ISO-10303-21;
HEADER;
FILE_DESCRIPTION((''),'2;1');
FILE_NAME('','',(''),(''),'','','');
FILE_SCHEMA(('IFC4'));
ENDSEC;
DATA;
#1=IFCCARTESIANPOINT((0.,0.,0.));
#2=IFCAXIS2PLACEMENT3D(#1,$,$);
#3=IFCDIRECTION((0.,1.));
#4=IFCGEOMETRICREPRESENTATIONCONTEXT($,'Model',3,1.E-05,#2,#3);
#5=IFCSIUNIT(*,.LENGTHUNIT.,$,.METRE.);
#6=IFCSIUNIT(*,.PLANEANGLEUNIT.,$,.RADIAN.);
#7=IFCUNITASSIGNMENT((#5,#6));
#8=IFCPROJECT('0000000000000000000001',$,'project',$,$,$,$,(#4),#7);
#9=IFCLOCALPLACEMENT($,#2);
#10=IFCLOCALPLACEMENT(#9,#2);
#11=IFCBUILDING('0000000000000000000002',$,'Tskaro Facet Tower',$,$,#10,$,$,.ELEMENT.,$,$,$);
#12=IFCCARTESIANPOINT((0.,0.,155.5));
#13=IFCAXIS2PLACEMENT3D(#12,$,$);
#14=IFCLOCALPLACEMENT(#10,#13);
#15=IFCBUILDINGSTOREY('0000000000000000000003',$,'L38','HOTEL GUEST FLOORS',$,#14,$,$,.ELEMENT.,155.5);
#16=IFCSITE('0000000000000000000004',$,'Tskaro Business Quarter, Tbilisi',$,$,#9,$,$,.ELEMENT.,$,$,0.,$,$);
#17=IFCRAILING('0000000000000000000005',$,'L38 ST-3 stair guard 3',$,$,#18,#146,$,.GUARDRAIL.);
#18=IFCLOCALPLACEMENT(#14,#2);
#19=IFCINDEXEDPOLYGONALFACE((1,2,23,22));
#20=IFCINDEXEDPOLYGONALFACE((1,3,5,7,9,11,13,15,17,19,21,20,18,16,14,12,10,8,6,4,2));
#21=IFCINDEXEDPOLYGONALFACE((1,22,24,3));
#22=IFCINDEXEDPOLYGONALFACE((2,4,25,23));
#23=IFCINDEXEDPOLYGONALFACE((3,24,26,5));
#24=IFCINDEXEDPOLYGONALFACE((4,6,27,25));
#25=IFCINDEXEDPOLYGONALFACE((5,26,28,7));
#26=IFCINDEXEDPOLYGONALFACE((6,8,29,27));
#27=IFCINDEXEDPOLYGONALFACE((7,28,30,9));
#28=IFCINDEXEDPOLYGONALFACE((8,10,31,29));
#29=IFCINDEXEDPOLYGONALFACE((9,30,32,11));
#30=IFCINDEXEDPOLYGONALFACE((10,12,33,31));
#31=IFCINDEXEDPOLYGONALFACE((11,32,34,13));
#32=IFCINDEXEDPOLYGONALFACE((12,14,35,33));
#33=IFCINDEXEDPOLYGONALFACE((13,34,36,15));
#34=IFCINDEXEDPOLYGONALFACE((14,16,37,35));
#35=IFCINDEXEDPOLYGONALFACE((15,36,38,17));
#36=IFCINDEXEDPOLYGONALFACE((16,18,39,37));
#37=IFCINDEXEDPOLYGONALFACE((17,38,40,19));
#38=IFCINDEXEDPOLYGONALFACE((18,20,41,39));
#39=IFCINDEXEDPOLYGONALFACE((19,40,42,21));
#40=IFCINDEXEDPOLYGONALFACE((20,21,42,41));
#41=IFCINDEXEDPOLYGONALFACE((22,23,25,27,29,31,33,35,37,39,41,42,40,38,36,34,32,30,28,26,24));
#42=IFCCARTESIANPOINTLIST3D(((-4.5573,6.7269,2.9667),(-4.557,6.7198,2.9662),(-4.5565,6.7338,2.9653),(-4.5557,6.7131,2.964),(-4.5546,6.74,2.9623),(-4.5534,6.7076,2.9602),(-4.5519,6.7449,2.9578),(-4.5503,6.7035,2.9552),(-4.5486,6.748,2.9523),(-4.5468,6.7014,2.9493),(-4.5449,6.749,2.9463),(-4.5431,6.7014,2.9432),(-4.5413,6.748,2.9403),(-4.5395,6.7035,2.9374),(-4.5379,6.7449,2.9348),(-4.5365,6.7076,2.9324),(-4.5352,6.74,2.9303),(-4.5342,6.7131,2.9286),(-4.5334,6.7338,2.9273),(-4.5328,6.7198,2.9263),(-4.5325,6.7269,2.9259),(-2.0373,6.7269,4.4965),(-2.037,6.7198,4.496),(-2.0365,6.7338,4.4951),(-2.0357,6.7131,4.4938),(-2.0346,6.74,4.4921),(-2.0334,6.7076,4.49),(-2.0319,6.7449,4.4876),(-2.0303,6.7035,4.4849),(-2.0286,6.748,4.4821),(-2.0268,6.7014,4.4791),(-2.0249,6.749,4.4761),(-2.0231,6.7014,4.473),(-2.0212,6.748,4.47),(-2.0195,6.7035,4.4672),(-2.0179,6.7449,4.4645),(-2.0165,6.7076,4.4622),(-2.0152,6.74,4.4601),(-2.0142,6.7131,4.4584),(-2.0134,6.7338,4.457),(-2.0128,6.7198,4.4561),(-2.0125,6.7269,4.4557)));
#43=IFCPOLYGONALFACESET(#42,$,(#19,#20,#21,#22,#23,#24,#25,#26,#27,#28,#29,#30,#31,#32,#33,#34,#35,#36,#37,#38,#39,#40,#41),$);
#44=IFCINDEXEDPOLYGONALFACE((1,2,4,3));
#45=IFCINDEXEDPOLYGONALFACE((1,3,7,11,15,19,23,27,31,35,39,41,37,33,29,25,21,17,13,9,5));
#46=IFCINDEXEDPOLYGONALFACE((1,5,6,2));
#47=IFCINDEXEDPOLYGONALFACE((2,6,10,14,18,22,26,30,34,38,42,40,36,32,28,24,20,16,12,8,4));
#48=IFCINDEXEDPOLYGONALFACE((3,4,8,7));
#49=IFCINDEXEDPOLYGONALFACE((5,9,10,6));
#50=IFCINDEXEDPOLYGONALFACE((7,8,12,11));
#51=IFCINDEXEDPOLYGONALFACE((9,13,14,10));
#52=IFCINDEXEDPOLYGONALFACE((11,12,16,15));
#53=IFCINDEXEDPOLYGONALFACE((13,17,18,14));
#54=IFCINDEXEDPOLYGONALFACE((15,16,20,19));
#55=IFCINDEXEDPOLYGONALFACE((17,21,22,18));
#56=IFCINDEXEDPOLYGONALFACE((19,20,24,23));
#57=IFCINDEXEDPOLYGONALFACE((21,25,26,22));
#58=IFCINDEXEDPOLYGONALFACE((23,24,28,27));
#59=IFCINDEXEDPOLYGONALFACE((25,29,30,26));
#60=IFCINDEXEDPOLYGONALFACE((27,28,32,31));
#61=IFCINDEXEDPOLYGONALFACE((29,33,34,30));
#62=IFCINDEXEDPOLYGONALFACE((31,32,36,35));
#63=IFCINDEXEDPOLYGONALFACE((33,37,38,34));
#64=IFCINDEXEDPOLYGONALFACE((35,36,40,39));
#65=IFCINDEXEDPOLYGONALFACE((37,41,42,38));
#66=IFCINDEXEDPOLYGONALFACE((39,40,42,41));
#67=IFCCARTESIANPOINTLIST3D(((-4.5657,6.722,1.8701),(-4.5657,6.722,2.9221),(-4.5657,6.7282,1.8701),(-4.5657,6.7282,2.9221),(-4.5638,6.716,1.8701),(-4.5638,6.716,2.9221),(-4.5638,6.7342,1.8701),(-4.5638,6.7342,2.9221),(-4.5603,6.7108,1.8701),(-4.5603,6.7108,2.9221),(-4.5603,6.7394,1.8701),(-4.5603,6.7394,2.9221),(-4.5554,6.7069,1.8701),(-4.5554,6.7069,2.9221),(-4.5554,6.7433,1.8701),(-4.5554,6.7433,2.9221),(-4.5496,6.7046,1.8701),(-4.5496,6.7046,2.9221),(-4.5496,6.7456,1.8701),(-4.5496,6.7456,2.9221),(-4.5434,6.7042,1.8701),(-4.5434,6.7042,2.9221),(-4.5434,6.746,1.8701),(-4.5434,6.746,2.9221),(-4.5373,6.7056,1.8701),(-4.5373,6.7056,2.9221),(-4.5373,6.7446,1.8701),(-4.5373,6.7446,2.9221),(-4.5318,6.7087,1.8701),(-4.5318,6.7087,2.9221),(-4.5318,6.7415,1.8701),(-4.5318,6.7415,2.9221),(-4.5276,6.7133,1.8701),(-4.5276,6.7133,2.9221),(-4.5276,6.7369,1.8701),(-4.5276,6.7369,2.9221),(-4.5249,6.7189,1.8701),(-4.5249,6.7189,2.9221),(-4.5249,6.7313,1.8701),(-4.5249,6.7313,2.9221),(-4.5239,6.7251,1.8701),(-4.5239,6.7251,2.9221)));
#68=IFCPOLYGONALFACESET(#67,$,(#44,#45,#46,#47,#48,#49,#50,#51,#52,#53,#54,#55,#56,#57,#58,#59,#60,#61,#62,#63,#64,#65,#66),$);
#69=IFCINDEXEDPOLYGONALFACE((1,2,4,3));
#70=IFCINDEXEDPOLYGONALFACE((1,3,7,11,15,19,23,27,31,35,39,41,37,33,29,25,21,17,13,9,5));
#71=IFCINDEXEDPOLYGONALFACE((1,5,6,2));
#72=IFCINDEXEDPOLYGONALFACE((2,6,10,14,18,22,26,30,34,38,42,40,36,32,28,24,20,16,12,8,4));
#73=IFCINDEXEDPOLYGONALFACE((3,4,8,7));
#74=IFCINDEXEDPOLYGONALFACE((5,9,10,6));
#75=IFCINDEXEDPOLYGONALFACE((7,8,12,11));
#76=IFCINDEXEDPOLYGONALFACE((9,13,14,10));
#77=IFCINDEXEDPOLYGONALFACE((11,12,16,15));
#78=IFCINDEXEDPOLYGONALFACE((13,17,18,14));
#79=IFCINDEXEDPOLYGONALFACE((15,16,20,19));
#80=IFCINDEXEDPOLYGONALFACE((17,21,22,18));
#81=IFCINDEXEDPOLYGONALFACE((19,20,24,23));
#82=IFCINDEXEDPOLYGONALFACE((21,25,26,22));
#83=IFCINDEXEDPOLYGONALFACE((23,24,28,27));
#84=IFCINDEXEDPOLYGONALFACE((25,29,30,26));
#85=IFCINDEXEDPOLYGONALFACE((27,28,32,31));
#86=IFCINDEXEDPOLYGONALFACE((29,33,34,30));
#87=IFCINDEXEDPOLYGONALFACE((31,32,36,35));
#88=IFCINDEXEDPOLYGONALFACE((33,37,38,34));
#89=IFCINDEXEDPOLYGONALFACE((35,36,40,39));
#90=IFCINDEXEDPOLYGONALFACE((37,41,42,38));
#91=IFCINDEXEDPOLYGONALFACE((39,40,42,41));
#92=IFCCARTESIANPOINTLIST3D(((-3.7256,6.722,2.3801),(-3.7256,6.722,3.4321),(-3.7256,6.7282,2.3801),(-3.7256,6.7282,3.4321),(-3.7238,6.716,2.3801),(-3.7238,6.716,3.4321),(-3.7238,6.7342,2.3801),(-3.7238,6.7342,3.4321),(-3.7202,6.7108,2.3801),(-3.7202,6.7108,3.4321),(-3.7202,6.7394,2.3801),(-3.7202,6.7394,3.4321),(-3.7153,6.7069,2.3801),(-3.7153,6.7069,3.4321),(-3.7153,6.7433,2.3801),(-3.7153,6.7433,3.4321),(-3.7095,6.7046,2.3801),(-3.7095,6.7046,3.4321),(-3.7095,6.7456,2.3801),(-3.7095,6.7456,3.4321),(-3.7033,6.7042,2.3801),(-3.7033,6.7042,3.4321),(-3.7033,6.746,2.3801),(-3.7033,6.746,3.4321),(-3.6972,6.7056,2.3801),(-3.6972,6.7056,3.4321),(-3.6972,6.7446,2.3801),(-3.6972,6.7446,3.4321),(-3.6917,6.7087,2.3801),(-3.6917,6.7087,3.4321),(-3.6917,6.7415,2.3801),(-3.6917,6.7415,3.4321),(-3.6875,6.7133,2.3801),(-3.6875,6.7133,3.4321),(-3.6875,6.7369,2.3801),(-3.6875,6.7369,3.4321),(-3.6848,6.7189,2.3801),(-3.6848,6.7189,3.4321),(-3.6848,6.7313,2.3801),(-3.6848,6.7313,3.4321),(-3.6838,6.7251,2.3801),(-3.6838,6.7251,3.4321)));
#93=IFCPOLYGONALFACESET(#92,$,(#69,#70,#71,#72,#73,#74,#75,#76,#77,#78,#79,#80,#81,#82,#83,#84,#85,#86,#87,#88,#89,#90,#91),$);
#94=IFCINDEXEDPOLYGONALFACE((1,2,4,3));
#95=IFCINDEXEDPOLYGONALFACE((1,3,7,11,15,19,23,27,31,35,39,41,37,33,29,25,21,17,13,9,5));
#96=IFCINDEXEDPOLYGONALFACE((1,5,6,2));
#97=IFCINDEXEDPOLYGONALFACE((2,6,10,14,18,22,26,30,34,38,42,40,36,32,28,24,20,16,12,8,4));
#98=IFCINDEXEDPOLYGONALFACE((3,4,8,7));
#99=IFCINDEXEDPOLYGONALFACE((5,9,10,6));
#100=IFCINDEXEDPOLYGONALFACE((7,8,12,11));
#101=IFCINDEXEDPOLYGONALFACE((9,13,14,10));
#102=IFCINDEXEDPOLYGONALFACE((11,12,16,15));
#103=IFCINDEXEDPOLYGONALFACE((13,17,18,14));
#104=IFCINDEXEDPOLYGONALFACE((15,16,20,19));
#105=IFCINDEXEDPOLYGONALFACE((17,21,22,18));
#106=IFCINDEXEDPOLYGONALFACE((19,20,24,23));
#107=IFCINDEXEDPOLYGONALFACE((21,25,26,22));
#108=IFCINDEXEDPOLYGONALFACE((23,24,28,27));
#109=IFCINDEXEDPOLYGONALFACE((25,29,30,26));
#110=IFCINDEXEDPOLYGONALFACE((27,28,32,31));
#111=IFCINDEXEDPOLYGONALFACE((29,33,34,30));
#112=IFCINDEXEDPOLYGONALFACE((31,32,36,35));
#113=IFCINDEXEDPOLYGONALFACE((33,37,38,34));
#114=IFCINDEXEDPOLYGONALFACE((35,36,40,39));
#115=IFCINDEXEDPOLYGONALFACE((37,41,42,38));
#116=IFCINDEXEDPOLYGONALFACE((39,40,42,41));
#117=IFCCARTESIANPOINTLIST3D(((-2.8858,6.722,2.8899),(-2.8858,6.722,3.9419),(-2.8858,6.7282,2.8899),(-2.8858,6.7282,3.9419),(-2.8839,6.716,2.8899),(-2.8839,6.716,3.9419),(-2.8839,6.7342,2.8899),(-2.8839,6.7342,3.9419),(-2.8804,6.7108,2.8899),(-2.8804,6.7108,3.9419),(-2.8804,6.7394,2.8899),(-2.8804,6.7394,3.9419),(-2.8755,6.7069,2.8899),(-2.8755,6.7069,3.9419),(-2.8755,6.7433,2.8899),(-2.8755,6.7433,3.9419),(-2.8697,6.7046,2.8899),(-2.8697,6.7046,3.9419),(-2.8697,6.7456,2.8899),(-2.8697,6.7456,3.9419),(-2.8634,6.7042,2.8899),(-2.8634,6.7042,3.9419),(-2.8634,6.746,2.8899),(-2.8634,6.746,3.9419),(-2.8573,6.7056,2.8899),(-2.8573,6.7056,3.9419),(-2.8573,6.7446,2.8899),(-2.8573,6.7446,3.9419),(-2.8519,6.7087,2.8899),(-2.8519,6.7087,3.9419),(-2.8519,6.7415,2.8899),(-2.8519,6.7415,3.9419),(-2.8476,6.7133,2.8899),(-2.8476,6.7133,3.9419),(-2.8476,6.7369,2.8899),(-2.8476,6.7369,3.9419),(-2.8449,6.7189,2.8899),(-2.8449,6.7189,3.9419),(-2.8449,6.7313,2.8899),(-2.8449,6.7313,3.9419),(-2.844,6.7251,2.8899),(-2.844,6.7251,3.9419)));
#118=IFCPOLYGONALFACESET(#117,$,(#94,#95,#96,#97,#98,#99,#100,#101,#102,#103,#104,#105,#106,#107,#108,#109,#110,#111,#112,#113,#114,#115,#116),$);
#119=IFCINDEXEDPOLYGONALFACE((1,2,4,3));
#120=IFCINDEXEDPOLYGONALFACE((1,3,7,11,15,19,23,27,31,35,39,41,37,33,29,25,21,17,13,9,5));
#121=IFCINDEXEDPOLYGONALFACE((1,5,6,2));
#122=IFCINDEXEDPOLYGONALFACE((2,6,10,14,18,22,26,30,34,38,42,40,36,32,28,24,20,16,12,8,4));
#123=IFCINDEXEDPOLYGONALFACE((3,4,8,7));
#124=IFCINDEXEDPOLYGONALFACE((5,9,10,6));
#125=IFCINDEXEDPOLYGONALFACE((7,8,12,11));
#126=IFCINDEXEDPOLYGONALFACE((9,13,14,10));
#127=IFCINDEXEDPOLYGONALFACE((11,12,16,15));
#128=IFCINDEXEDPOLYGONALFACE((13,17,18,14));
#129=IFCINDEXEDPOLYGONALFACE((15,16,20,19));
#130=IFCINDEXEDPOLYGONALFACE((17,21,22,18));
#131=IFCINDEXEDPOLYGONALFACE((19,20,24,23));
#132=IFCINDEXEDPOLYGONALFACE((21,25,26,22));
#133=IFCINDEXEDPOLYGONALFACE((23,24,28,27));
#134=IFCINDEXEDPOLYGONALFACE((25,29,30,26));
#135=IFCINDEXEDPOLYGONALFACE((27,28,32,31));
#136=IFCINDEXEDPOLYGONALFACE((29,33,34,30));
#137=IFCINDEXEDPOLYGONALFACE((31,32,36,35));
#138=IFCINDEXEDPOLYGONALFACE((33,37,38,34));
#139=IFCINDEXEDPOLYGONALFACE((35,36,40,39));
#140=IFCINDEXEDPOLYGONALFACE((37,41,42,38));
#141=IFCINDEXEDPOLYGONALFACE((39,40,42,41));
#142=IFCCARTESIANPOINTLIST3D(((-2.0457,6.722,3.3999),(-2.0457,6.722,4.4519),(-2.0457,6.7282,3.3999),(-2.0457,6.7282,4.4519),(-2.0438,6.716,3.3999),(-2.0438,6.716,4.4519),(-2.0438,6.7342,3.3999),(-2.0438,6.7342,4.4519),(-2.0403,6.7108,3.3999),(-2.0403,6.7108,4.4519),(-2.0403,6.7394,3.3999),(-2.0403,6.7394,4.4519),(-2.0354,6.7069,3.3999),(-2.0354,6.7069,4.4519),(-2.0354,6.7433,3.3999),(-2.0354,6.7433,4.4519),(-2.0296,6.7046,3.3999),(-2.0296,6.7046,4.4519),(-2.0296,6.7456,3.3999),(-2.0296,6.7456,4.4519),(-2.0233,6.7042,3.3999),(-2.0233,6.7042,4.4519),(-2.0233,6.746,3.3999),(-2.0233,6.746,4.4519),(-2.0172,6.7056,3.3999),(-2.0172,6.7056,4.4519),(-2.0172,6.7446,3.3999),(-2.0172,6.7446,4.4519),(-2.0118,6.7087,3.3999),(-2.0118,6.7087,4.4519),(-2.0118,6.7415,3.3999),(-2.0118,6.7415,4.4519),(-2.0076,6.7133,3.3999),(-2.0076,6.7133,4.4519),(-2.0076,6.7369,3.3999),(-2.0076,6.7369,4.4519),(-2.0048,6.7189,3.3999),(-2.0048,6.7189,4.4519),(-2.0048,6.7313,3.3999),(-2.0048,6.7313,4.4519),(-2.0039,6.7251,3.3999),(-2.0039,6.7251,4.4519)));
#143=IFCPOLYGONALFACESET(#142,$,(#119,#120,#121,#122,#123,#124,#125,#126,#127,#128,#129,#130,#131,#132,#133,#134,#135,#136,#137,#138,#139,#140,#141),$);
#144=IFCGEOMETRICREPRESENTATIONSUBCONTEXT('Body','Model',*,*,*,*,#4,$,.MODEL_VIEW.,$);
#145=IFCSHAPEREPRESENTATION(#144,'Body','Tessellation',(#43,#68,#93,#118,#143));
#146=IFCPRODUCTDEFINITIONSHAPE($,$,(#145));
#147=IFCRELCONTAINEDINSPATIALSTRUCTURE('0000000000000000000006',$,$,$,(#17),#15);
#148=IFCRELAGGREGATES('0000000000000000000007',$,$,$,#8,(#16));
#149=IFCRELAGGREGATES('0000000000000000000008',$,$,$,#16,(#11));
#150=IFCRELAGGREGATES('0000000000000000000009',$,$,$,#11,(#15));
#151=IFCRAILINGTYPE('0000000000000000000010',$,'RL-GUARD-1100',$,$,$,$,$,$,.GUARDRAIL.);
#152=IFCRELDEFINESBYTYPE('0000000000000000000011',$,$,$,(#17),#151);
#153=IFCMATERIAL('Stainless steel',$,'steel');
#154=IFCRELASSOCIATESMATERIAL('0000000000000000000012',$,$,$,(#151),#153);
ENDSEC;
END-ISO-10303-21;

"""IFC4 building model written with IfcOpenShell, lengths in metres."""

from ifc_helpers import new_model, si_unit, direction, frame, origin, origin_2d, place, context, subcontext, project, spatial, circle, extrude, material, type_object, element, save


model = new_model("IFC4")

# Units and contexts
model_context = context("Model", 3, precision=1e-05, world=origin(), true_north=direction((0.0, 1.0)))
body_context = subcontext(model_context, "Body", "Model", "MODEL_VIEW")
ifc_project = project(units=[si_unit("LENGTHUNIT", "METRE"), si_unit("PLANEANGLEUNIT", "RADIAN")], contexts=[model_context])

# Site, building, storey
site_placement = place(None, origin())
site = spatial("IfcSite", under=ifc_project, at=site_placement, Name="Tskaro Business Quarter, Tbilisi", CompositionType="ELEMENT", RefElevation=0.0)
building_placement = place(site_placement, origin())
building = spatial("IfcBuilding", under=site, at=building_placement, Name="Tskaro Facet Tower", CompositionType="ELEMENT")
storey_placement = place(building_placement, frame((0.0, 0.0, 155.5)))
storey = spatial("IfcBuildingStorey", under=building, at=storey_placement, Name="L38", Description="HOTEL GUEST FLOORS", CompositionType="ELEMENT", Elevation=155.5)

# Railing
ifc_material_1 = material(Name="Stainless steel", Category="steel")
railing_type_1 = type_object("IfcRailingType", Name="RL-GUARD-1100", PredefinedType="GUARDRAIL", material=ifc_material_1)
railing_1_placement = place(storey_placement, frame((-4.5449, 6.7251, 1.8701)))
element("IfcRailing", 1, at=railing_1_placement, inside=storey, type_object=railing_type_1, Name="L38 ST-3 stair guard 3", PredefinedType="GUARDRAIL", context=body_context, shape_type="SweptSolid", body=[
    extrude(circle(Radius=0.0239, at=origin_2d()), frame((0.0, 0.0, 1.0762), z_axis=(0.854822, 0.0, 0.518922), x_axis=(0.0, 1.0, 0.0)), (0.0, 0.0, 1.0), 2.948),
    extrude(circle(Radius=0.021, at=origin_2d()), origin(), (0.0, 0.0, 1.0), 1.052),
    extrude(circle(Radius=0.021, at=origin_2d()), frame((0.8401, 0.0, 0.51)), (0.0, 0.0, 1.0), 1.052),
    extrude(circle(Radius=0.021, at=origin_2d()), frame((1.6799, 0.0, 1.0198)), (0.0, 0.0, 1.0), 1.052),
    extrude(circle(Radius=0.021, at=origin_2d()), frame((2.52, 0.0, 1.5298)), (0.0, 0.0, 1.0), 1.052),
])

save(model, "model.ifc")
